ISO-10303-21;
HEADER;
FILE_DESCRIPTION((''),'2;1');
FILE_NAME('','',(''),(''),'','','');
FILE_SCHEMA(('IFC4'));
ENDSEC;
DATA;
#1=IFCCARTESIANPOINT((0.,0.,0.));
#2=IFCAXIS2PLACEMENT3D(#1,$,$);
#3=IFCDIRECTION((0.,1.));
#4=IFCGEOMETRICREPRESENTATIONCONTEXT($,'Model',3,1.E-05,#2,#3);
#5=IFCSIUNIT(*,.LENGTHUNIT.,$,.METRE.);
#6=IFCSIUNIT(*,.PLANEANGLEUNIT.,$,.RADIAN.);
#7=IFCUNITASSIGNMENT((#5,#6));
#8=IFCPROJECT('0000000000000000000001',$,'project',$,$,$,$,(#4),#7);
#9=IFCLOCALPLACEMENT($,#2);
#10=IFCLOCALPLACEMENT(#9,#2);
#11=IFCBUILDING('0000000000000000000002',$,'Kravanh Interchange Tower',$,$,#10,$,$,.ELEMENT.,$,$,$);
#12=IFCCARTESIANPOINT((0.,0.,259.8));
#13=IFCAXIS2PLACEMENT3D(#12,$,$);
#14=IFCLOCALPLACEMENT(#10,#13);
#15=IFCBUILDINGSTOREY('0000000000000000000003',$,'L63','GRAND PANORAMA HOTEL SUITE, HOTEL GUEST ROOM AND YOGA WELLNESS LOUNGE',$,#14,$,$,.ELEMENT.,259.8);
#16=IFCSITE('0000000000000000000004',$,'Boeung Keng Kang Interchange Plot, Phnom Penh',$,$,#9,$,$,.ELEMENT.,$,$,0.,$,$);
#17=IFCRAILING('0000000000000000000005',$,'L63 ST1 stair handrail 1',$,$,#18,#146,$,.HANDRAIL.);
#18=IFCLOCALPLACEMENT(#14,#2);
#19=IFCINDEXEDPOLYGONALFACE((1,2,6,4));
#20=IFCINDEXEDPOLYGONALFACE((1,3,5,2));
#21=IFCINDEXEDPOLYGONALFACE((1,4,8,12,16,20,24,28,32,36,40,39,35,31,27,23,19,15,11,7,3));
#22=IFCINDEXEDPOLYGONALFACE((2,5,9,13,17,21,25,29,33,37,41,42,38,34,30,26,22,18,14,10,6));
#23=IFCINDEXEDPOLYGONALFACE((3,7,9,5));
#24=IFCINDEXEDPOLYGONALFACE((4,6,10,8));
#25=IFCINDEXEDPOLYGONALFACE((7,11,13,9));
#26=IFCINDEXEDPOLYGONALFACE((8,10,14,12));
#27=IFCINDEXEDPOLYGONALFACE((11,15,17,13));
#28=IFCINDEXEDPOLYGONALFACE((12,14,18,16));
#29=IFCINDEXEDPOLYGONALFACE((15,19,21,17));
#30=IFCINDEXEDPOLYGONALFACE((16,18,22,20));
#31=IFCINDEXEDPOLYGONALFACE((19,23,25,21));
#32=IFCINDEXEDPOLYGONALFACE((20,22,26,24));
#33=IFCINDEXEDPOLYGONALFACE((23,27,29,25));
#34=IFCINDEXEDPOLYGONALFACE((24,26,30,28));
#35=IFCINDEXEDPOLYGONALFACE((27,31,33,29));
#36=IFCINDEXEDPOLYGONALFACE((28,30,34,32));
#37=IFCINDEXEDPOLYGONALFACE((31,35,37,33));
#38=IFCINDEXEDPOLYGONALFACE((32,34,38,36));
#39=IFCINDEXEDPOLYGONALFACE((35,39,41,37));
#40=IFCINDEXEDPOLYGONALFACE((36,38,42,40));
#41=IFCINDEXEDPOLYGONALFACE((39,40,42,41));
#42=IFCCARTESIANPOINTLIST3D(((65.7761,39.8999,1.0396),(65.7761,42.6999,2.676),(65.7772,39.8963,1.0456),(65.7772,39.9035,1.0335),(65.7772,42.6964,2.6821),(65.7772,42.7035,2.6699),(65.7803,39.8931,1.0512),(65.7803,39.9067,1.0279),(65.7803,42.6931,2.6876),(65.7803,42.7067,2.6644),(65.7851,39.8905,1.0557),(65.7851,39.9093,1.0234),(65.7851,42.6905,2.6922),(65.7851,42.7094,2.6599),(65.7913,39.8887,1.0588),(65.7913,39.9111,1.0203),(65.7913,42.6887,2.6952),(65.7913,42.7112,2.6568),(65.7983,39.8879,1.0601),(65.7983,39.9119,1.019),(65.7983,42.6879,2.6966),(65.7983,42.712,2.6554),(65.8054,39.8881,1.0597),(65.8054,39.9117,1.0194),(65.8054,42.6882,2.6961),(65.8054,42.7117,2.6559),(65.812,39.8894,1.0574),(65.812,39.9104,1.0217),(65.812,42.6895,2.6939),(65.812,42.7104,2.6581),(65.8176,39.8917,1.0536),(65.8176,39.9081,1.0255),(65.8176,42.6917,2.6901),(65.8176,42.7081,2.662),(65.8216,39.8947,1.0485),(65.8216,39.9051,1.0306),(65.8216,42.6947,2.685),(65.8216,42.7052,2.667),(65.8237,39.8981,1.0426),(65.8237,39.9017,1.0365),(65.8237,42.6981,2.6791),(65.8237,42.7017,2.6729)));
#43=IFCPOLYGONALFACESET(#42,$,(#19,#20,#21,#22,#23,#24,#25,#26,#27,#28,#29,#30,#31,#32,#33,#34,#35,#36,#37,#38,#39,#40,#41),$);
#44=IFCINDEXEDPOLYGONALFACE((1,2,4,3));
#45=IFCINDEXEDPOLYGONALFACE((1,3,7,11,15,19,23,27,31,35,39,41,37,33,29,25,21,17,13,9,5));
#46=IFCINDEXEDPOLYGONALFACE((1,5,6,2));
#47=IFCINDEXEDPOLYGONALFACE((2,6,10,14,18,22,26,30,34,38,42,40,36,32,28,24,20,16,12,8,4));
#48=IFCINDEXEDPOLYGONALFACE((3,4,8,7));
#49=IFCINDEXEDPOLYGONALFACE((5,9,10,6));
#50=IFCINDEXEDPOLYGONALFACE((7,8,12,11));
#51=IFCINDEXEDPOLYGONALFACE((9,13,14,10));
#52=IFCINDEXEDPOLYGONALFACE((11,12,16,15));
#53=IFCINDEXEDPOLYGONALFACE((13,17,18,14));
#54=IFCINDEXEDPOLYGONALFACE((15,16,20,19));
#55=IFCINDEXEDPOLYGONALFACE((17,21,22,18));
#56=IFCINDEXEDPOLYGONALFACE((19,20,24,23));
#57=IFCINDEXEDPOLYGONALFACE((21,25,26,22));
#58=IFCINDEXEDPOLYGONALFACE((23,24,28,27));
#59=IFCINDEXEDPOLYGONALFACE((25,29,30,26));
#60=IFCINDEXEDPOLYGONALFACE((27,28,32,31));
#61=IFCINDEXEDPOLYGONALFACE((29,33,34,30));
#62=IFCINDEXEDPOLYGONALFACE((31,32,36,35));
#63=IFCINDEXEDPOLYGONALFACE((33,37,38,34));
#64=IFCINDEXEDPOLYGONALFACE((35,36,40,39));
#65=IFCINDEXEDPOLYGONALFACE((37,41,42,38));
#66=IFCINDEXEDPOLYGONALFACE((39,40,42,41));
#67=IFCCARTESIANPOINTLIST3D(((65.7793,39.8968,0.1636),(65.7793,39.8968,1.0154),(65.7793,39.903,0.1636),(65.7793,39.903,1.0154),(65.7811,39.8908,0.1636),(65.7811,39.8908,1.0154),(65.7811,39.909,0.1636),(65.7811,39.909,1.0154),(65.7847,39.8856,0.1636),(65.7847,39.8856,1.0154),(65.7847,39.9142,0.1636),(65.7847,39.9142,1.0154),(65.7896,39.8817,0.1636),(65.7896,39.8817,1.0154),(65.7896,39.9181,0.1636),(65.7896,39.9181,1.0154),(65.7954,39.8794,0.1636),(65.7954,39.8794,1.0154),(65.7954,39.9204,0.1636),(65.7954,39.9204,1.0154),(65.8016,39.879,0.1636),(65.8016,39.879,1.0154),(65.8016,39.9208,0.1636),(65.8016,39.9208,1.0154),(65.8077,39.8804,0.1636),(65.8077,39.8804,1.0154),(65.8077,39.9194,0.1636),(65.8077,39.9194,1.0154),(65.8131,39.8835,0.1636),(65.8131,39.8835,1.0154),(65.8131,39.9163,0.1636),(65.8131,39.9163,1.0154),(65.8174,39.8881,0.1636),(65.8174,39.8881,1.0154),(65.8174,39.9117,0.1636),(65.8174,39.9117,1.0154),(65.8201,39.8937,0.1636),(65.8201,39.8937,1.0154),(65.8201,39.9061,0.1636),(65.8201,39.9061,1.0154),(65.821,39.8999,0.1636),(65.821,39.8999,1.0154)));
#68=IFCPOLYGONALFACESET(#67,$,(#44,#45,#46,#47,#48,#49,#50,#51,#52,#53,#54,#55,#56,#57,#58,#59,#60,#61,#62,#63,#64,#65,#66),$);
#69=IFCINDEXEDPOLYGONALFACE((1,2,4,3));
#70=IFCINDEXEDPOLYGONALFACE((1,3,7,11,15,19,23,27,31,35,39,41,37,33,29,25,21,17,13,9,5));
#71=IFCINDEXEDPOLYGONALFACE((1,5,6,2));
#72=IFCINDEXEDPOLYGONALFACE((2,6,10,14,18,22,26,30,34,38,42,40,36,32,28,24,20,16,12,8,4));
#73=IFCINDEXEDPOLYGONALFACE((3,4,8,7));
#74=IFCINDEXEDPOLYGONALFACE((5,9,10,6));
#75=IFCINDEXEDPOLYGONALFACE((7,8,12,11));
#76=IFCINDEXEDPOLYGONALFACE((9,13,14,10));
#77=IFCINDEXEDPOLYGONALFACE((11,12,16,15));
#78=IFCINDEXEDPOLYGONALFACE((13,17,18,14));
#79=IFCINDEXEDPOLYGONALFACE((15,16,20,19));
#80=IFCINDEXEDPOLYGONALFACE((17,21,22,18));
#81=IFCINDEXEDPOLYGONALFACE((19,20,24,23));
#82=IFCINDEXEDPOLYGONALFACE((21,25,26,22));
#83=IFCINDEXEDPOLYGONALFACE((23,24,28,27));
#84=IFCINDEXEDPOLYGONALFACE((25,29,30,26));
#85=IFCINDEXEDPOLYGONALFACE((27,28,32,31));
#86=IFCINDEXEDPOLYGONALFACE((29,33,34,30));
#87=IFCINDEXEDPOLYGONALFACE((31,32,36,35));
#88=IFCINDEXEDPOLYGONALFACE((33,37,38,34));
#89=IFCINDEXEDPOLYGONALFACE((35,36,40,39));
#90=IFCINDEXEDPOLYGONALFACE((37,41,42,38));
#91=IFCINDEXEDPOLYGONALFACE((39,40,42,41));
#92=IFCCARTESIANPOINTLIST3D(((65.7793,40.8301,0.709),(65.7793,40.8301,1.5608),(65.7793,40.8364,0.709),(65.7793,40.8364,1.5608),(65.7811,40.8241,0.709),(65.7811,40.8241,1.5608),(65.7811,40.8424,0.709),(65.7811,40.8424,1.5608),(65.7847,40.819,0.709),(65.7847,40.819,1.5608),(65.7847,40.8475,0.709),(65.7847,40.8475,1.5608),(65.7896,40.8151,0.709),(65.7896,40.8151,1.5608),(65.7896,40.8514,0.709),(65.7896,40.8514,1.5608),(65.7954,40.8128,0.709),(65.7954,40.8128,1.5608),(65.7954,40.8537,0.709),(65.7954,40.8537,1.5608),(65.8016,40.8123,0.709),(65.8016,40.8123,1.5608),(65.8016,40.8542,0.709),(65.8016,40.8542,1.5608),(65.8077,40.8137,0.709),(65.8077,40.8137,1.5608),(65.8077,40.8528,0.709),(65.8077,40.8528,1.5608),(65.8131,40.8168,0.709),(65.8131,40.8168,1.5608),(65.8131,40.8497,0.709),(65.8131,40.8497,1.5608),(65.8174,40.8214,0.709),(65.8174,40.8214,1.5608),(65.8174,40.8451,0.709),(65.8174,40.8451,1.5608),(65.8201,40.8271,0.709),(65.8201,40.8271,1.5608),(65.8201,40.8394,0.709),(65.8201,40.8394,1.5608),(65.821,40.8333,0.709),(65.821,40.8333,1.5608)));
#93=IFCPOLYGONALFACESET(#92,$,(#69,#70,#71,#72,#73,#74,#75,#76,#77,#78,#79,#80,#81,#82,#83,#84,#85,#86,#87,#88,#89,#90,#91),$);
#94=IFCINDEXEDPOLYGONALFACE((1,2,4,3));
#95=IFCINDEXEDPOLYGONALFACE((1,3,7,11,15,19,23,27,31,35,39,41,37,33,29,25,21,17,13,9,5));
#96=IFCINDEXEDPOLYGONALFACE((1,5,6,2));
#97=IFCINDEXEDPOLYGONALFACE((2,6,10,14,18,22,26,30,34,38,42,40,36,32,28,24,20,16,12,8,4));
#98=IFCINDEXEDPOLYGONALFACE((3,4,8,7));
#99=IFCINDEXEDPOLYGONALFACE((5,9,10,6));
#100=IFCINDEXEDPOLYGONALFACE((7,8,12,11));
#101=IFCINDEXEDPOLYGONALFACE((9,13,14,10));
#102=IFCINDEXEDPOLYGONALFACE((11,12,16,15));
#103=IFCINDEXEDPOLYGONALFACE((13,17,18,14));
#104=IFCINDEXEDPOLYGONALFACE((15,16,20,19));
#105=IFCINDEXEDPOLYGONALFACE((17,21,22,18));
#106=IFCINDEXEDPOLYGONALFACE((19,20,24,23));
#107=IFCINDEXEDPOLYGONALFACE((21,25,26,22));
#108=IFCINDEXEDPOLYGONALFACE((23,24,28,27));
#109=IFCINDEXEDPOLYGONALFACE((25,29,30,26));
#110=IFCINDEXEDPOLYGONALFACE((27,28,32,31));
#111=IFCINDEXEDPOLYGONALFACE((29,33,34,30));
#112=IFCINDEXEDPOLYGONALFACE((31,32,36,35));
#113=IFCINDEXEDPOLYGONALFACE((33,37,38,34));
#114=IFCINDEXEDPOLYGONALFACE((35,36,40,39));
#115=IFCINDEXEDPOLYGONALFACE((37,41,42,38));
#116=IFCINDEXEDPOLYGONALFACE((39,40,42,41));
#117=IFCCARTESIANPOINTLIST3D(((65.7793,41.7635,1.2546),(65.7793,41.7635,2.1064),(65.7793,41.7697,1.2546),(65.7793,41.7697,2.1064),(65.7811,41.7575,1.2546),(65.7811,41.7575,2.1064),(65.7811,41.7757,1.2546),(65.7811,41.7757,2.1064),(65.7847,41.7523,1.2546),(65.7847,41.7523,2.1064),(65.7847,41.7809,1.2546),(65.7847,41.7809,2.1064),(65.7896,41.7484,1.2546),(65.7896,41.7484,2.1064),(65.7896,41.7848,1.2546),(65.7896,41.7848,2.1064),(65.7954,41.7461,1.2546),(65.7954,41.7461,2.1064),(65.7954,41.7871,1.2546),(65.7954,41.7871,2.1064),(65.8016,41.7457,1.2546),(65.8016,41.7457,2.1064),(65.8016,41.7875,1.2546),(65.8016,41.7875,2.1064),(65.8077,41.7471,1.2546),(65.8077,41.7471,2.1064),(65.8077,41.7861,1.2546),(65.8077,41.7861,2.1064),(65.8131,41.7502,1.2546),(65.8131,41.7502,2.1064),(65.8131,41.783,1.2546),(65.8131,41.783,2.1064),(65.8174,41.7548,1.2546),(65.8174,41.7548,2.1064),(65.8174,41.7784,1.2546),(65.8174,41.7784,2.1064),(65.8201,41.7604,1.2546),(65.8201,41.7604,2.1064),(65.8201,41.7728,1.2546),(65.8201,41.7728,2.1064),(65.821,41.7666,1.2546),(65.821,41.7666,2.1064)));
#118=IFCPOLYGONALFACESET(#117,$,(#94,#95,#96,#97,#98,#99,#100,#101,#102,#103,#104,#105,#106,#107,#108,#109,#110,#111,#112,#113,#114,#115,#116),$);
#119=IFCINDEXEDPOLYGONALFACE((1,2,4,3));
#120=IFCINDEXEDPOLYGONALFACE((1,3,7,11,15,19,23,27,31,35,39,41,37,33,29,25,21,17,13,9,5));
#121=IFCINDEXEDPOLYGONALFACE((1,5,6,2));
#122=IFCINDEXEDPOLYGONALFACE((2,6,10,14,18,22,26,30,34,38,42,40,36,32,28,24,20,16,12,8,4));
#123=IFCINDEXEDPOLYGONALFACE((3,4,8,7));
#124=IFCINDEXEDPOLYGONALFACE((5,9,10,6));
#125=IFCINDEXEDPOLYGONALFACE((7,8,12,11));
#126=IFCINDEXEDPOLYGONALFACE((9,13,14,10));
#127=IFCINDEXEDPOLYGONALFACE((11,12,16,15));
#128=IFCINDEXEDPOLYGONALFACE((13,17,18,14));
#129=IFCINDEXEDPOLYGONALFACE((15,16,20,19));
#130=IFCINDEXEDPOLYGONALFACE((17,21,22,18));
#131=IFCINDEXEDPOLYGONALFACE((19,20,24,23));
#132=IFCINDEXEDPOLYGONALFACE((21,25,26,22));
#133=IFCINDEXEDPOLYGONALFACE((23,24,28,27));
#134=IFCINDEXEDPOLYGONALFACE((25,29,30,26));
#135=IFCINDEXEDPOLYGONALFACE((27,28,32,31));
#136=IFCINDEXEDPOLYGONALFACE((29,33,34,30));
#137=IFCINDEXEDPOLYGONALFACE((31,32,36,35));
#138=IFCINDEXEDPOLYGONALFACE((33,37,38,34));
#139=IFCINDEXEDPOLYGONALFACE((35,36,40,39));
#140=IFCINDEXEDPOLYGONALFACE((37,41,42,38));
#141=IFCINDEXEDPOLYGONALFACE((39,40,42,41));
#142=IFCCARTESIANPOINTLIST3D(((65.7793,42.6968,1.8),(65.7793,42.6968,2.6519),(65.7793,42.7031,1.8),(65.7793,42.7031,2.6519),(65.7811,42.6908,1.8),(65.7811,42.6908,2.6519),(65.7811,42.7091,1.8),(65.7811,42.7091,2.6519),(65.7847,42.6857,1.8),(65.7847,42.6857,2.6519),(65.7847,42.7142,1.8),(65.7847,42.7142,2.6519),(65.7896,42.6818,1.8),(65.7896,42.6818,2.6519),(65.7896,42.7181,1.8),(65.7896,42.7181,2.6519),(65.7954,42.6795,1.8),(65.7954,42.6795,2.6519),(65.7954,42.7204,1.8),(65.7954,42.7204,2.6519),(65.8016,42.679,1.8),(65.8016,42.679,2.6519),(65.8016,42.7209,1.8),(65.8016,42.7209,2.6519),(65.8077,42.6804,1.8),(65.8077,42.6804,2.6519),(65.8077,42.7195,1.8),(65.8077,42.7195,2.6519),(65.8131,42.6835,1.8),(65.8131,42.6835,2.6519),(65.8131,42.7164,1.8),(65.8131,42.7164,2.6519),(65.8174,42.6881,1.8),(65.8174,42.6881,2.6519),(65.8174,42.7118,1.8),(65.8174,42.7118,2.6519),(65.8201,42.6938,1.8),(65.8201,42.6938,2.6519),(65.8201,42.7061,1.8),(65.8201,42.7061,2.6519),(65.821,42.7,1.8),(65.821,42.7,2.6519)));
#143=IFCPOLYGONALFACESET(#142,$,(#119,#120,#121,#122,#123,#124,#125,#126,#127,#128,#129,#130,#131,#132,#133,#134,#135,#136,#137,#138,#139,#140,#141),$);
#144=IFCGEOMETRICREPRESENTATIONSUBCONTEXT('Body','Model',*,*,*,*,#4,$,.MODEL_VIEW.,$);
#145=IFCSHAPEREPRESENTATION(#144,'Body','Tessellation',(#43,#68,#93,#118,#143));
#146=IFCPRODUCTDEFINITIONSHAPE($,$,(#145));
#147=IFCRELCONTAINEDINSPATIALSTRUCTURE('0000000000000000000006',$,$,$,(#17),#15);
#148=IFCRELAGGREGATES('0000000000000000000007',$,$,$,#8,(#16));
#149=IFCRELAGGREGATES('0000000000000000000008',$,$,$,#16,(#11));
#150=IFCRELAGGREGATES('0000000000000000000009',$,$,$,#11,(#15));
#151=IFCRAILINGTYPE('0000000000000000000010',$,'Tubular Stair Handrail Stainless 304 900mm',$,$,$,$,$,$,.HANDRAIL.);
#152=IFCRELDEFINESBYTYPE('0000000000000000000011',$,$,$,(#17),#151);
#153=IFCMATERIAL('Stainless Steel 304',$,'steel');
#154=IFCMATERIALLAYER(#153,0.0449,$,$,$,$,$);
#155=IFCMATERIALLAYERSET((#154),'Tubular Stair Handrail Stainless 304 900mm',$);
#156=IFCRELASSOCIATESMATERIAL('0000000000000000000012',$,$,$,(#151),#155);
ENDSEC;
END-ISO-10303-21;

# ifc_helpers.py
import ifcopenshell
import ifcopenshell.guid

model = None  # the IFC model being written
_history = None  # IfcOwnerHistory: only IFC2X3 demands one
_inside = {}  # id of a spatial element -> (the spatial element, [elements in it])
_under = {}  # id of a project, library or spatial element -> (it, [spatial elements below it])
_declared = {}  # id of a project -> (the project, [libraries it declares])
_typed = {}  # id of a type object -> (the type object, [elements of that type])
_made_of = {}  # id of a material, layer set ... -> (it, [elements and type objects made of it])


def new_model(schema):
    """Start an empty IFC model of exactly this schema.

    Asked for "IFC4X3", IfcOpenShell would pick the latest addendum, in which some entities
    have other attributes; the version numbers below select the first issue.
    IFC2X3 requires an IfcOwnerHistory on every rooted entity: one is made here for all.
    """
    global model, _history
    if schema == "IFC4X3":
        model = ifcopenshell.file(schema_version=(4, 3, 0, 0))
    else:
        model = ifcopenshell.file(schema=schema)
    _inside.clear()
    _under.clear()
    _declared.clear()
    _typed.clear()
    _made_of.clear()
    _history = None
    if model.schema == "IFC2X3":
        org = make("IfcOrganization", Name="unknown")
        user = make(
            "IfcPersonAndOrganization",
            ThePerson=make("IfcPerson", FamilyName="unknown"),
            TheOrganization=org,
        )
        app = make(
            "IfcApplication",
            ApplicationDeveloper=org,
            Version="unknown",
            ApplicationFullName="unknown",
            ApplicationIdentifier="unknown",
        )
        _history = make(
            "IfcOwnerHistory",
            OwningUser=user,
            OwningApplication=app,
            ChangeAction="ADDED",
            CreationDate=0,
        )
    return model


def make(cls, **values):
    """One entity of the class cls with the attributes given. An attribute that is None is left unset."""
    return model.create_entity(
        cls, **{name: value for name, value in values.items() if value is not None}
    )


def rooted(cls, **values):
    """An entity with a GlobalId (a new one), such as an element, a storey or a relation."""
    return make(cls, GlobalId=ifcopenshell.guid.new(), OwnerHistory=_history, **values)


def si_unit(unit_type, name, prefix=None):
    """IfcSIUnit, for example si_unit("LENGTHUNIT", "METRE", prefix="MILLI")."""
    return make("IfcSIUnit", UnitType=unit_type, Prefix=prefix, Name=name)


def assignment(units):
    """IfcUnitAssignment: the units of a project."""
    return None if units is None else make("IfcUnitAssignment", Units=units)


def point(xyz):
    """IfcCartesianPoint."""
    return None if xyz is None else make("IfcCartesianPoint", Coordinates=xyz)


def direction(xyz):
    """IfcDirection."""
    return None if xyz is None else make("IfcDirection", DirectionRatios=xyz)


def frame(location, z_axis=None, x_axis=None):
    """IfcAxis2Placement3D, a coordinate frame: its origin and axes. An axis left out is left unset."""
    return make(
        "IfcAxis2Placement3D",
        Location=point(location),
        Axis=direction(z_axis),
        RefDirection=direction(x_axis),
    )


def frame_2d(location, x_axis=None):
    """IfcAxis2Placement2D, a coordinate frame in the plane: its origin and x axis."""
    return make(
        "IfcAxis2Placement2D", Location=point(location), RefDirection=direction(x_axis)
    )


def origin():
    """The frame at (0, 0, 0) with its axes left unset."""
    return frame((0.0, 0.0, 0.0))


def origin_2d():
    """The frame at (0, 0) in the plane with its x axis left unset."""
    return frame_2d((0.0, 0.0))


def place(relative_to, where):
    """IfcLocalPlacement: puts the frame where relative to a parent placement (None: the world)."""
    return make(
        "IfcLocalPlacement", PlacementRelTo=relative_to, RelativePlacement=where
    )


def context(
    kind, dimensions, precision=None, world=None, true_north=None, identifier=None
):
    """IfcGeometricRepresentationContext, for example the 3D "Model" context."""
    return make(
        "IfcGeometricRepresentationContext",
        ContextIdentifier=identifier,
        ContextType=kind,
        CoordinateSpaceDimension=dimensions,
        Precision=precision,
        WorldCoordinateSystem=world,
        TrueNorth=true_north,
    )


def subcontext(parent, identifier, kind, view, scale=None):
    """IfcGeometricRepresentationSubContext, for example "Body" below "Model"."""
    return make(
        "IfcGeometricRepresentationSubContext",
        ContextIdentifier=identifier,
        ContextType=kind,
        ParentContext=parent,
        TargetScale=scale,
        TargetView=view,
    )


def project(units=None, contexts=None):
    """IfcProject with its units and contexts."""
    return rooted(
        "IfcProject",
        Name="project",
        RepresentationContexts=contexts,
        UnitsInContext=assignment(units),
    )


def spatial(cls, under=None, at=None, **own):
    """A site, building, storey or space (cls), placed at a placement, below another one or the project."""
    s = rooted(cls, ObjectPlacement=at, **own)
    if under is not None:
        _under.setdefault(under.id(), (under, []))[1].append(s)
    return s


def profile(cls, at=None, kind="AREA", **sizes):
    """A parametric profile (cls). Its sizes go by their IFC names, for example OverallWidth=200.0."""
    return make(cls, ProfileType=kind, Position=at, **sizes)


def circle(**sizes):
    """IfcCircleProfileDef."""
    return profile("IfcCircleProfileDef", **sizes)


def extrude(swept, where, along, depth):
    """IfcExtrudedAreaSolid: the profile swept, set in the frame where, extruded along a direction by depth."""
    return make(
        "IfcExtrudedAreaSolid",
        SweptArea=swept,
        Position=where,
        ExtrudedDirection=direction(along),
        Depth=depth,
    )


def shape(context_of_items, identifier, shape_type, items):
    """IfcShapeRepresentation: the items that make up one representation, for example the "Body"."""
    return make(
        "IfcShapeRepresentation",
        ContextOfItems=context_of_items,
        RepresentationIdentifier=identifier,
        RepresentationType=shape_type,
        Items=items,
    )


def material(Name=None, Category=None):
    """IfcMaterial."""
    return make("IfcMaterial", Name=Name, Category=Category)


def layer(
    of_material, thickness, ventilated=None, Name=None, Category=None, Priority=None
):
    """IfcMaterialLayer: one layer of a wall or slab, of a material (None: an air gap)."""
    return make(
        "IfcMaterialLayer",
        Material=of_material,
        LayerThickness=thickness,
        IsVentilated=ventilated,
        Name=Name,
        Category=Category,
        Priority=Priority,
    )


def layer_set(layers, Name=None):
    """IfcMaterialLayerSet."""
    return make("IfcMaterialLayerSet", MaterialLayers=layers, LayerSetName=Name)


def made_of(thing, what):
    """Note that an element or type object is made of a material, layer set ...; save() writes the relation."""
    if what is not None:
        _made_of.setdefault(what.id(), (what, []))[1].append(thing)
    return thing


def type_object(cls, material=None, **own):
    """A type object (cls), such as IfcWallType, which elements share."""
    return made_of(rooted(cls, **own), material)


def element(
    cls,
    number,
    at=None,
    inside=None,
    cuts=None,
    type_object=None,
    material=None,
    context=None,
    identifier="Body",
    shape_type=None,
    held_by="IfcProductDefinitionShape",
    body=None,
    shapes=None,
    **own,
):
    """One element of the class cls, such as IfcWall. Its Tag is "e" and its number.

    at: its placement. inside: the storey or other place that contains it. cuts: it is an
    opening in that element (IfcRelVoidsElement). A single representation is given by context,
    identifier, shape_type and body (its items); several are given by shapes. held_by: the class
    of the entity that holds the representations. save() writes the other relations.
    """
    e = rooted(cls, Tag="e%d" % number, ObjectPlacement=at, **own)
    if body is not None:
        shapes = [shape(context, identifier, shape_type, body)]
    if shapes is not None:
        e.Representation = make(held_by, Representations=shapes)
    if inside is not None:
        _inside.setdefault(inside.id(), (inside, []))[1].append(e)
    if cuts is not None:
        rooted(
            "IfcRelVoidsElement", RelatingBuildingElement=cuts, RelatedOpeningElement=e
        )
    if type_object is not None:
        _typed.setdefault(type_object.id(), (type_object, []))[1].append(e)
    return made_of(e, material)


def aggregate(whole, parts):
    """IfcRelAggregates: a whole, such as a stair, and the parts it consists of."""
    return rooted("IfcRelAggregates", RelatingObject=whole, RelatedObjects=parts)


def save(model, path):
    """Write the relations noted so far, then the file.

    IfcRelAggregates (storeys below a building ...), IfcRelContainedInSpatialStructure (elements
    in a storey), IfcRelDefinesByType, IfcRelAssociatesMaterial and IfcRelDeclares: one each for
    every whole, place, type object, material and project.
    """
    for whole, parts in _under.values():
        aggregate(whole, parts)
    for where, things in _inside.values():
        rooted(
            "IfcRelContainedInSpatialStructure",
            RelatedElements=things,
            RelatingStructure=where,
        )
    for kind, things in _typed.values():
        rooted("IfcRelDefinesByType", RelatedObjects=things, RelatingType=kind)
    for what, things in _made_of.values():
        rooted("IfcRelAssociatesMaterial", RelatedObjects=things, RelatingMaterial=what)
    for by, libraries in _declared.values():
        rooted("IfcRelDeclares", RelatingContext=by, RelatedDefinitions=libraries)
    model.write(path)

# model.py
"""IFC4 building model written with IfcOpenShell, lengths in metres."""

from ifc_helpers import new_model, si_unit, direction, frame, origin, origin_2d, place, context, subcontext, project, spatial, circle, extrude, material, layer, layer_set, type_object, element, save


model = new_model("IFC4")

# Units and contexts
model_context = context("Model", 3, precision=1e-05, world=origin(), true_north=direction((0.0, 1.0)))
body_context = subcontext(model_context, "Body", "Model", "MODEL_VIEW")
ifc_project = project(units=[si_unit("LENGTHUNIT", "METRE"), si_unit("PLANEANGLEUNIT", "RADIAN")], contexts=[model_context])

# Site, building, storey
site_placement = place(None, origin())
site = spatial("IfcSite", under=ifc_project, at=site_placement, Name="Boeung Keng Kang Interchange Plot, Phnom Penh", CompositionType="ELEMENT", RefElevation=0.0)
building_placement = place(site_placement, origin())
building = spatial("IfcBuilding", under=site, at=building_placement, Name="Kravanh Interchange Tower", CompositionType="ELEMENT")
storey_placement = place(building_placement, frame((0.0, 0.0, 259.8)))
storey = spatial("IfcBuildingStorey", under=building, at=storey_placement, Name="L63", Description="GRAND PANORAMA HOTEL SUITE, HOTEL GUEST ROOM AND YOGA WELLNESS LOUNGE", CompositionType="ELEMENT", Elevation=259.8)

# Railing
ifc_material_1 = material(Name="Stainless Steel 304", Category="steel")
ifc_layer_1 = layer(ifc_material_1, 0.0449)
ifc_layer_set_1 = layer_set([ifc_layer_1], Name="Tubular Stair Handrail Stainless 304 900mm")
railing_type_1 = type_object("IfcRailingType", Name="Tubular Stair Handrail Stainless 304 900mm", PredefinedType="HANDRAIL", material=ifc_layer_set_1)
railing_1_placement = place(storey_placement, frame((65.8, 39.8999, 0.1636)))
element("IfcRailing", 1, at=railing_1_placement, inside=storey, type_object=railing_type_1, Name="L63 ST1 stair handrail 1", PredefinedType="HANDRAIL", context=body_context, shape_type="SweptSolid", body=[
    extrude(circle(Radius=0.0239, at=origin_2d()), frame((0.0, 0.0, 0.876), z_axis=(0.0, 0.863361, 0.504587), x_axis=(-1.0, 0.0, 0.0)), (0.0, 0.0, 1.0), 3.2432),
    extrude(circle(Radius=0.021, at=origin_2d()), origin(), (0.0, 0.0, 1.0), 0.8518),
    extrude(circle(Radius=0.021, at=origin_2d()), frame((0.0, 0.9333, 0.5454)), (0.0, 0.0, 1.0), 0.8518),
    extrude(circle(Radius=0.021, at=origin_2d()), frame((0.0, 1.8667, 1.0911)), (0.0, 0.0, 1.0), 0.8518),
    extrude(circle(Radius=0.021, at=origin_2d()), frame((0.0, 2.8, 1.6365)), (0.0, 0.0, 1.0), 0.8518),
])

save(model, "model.ifc")
